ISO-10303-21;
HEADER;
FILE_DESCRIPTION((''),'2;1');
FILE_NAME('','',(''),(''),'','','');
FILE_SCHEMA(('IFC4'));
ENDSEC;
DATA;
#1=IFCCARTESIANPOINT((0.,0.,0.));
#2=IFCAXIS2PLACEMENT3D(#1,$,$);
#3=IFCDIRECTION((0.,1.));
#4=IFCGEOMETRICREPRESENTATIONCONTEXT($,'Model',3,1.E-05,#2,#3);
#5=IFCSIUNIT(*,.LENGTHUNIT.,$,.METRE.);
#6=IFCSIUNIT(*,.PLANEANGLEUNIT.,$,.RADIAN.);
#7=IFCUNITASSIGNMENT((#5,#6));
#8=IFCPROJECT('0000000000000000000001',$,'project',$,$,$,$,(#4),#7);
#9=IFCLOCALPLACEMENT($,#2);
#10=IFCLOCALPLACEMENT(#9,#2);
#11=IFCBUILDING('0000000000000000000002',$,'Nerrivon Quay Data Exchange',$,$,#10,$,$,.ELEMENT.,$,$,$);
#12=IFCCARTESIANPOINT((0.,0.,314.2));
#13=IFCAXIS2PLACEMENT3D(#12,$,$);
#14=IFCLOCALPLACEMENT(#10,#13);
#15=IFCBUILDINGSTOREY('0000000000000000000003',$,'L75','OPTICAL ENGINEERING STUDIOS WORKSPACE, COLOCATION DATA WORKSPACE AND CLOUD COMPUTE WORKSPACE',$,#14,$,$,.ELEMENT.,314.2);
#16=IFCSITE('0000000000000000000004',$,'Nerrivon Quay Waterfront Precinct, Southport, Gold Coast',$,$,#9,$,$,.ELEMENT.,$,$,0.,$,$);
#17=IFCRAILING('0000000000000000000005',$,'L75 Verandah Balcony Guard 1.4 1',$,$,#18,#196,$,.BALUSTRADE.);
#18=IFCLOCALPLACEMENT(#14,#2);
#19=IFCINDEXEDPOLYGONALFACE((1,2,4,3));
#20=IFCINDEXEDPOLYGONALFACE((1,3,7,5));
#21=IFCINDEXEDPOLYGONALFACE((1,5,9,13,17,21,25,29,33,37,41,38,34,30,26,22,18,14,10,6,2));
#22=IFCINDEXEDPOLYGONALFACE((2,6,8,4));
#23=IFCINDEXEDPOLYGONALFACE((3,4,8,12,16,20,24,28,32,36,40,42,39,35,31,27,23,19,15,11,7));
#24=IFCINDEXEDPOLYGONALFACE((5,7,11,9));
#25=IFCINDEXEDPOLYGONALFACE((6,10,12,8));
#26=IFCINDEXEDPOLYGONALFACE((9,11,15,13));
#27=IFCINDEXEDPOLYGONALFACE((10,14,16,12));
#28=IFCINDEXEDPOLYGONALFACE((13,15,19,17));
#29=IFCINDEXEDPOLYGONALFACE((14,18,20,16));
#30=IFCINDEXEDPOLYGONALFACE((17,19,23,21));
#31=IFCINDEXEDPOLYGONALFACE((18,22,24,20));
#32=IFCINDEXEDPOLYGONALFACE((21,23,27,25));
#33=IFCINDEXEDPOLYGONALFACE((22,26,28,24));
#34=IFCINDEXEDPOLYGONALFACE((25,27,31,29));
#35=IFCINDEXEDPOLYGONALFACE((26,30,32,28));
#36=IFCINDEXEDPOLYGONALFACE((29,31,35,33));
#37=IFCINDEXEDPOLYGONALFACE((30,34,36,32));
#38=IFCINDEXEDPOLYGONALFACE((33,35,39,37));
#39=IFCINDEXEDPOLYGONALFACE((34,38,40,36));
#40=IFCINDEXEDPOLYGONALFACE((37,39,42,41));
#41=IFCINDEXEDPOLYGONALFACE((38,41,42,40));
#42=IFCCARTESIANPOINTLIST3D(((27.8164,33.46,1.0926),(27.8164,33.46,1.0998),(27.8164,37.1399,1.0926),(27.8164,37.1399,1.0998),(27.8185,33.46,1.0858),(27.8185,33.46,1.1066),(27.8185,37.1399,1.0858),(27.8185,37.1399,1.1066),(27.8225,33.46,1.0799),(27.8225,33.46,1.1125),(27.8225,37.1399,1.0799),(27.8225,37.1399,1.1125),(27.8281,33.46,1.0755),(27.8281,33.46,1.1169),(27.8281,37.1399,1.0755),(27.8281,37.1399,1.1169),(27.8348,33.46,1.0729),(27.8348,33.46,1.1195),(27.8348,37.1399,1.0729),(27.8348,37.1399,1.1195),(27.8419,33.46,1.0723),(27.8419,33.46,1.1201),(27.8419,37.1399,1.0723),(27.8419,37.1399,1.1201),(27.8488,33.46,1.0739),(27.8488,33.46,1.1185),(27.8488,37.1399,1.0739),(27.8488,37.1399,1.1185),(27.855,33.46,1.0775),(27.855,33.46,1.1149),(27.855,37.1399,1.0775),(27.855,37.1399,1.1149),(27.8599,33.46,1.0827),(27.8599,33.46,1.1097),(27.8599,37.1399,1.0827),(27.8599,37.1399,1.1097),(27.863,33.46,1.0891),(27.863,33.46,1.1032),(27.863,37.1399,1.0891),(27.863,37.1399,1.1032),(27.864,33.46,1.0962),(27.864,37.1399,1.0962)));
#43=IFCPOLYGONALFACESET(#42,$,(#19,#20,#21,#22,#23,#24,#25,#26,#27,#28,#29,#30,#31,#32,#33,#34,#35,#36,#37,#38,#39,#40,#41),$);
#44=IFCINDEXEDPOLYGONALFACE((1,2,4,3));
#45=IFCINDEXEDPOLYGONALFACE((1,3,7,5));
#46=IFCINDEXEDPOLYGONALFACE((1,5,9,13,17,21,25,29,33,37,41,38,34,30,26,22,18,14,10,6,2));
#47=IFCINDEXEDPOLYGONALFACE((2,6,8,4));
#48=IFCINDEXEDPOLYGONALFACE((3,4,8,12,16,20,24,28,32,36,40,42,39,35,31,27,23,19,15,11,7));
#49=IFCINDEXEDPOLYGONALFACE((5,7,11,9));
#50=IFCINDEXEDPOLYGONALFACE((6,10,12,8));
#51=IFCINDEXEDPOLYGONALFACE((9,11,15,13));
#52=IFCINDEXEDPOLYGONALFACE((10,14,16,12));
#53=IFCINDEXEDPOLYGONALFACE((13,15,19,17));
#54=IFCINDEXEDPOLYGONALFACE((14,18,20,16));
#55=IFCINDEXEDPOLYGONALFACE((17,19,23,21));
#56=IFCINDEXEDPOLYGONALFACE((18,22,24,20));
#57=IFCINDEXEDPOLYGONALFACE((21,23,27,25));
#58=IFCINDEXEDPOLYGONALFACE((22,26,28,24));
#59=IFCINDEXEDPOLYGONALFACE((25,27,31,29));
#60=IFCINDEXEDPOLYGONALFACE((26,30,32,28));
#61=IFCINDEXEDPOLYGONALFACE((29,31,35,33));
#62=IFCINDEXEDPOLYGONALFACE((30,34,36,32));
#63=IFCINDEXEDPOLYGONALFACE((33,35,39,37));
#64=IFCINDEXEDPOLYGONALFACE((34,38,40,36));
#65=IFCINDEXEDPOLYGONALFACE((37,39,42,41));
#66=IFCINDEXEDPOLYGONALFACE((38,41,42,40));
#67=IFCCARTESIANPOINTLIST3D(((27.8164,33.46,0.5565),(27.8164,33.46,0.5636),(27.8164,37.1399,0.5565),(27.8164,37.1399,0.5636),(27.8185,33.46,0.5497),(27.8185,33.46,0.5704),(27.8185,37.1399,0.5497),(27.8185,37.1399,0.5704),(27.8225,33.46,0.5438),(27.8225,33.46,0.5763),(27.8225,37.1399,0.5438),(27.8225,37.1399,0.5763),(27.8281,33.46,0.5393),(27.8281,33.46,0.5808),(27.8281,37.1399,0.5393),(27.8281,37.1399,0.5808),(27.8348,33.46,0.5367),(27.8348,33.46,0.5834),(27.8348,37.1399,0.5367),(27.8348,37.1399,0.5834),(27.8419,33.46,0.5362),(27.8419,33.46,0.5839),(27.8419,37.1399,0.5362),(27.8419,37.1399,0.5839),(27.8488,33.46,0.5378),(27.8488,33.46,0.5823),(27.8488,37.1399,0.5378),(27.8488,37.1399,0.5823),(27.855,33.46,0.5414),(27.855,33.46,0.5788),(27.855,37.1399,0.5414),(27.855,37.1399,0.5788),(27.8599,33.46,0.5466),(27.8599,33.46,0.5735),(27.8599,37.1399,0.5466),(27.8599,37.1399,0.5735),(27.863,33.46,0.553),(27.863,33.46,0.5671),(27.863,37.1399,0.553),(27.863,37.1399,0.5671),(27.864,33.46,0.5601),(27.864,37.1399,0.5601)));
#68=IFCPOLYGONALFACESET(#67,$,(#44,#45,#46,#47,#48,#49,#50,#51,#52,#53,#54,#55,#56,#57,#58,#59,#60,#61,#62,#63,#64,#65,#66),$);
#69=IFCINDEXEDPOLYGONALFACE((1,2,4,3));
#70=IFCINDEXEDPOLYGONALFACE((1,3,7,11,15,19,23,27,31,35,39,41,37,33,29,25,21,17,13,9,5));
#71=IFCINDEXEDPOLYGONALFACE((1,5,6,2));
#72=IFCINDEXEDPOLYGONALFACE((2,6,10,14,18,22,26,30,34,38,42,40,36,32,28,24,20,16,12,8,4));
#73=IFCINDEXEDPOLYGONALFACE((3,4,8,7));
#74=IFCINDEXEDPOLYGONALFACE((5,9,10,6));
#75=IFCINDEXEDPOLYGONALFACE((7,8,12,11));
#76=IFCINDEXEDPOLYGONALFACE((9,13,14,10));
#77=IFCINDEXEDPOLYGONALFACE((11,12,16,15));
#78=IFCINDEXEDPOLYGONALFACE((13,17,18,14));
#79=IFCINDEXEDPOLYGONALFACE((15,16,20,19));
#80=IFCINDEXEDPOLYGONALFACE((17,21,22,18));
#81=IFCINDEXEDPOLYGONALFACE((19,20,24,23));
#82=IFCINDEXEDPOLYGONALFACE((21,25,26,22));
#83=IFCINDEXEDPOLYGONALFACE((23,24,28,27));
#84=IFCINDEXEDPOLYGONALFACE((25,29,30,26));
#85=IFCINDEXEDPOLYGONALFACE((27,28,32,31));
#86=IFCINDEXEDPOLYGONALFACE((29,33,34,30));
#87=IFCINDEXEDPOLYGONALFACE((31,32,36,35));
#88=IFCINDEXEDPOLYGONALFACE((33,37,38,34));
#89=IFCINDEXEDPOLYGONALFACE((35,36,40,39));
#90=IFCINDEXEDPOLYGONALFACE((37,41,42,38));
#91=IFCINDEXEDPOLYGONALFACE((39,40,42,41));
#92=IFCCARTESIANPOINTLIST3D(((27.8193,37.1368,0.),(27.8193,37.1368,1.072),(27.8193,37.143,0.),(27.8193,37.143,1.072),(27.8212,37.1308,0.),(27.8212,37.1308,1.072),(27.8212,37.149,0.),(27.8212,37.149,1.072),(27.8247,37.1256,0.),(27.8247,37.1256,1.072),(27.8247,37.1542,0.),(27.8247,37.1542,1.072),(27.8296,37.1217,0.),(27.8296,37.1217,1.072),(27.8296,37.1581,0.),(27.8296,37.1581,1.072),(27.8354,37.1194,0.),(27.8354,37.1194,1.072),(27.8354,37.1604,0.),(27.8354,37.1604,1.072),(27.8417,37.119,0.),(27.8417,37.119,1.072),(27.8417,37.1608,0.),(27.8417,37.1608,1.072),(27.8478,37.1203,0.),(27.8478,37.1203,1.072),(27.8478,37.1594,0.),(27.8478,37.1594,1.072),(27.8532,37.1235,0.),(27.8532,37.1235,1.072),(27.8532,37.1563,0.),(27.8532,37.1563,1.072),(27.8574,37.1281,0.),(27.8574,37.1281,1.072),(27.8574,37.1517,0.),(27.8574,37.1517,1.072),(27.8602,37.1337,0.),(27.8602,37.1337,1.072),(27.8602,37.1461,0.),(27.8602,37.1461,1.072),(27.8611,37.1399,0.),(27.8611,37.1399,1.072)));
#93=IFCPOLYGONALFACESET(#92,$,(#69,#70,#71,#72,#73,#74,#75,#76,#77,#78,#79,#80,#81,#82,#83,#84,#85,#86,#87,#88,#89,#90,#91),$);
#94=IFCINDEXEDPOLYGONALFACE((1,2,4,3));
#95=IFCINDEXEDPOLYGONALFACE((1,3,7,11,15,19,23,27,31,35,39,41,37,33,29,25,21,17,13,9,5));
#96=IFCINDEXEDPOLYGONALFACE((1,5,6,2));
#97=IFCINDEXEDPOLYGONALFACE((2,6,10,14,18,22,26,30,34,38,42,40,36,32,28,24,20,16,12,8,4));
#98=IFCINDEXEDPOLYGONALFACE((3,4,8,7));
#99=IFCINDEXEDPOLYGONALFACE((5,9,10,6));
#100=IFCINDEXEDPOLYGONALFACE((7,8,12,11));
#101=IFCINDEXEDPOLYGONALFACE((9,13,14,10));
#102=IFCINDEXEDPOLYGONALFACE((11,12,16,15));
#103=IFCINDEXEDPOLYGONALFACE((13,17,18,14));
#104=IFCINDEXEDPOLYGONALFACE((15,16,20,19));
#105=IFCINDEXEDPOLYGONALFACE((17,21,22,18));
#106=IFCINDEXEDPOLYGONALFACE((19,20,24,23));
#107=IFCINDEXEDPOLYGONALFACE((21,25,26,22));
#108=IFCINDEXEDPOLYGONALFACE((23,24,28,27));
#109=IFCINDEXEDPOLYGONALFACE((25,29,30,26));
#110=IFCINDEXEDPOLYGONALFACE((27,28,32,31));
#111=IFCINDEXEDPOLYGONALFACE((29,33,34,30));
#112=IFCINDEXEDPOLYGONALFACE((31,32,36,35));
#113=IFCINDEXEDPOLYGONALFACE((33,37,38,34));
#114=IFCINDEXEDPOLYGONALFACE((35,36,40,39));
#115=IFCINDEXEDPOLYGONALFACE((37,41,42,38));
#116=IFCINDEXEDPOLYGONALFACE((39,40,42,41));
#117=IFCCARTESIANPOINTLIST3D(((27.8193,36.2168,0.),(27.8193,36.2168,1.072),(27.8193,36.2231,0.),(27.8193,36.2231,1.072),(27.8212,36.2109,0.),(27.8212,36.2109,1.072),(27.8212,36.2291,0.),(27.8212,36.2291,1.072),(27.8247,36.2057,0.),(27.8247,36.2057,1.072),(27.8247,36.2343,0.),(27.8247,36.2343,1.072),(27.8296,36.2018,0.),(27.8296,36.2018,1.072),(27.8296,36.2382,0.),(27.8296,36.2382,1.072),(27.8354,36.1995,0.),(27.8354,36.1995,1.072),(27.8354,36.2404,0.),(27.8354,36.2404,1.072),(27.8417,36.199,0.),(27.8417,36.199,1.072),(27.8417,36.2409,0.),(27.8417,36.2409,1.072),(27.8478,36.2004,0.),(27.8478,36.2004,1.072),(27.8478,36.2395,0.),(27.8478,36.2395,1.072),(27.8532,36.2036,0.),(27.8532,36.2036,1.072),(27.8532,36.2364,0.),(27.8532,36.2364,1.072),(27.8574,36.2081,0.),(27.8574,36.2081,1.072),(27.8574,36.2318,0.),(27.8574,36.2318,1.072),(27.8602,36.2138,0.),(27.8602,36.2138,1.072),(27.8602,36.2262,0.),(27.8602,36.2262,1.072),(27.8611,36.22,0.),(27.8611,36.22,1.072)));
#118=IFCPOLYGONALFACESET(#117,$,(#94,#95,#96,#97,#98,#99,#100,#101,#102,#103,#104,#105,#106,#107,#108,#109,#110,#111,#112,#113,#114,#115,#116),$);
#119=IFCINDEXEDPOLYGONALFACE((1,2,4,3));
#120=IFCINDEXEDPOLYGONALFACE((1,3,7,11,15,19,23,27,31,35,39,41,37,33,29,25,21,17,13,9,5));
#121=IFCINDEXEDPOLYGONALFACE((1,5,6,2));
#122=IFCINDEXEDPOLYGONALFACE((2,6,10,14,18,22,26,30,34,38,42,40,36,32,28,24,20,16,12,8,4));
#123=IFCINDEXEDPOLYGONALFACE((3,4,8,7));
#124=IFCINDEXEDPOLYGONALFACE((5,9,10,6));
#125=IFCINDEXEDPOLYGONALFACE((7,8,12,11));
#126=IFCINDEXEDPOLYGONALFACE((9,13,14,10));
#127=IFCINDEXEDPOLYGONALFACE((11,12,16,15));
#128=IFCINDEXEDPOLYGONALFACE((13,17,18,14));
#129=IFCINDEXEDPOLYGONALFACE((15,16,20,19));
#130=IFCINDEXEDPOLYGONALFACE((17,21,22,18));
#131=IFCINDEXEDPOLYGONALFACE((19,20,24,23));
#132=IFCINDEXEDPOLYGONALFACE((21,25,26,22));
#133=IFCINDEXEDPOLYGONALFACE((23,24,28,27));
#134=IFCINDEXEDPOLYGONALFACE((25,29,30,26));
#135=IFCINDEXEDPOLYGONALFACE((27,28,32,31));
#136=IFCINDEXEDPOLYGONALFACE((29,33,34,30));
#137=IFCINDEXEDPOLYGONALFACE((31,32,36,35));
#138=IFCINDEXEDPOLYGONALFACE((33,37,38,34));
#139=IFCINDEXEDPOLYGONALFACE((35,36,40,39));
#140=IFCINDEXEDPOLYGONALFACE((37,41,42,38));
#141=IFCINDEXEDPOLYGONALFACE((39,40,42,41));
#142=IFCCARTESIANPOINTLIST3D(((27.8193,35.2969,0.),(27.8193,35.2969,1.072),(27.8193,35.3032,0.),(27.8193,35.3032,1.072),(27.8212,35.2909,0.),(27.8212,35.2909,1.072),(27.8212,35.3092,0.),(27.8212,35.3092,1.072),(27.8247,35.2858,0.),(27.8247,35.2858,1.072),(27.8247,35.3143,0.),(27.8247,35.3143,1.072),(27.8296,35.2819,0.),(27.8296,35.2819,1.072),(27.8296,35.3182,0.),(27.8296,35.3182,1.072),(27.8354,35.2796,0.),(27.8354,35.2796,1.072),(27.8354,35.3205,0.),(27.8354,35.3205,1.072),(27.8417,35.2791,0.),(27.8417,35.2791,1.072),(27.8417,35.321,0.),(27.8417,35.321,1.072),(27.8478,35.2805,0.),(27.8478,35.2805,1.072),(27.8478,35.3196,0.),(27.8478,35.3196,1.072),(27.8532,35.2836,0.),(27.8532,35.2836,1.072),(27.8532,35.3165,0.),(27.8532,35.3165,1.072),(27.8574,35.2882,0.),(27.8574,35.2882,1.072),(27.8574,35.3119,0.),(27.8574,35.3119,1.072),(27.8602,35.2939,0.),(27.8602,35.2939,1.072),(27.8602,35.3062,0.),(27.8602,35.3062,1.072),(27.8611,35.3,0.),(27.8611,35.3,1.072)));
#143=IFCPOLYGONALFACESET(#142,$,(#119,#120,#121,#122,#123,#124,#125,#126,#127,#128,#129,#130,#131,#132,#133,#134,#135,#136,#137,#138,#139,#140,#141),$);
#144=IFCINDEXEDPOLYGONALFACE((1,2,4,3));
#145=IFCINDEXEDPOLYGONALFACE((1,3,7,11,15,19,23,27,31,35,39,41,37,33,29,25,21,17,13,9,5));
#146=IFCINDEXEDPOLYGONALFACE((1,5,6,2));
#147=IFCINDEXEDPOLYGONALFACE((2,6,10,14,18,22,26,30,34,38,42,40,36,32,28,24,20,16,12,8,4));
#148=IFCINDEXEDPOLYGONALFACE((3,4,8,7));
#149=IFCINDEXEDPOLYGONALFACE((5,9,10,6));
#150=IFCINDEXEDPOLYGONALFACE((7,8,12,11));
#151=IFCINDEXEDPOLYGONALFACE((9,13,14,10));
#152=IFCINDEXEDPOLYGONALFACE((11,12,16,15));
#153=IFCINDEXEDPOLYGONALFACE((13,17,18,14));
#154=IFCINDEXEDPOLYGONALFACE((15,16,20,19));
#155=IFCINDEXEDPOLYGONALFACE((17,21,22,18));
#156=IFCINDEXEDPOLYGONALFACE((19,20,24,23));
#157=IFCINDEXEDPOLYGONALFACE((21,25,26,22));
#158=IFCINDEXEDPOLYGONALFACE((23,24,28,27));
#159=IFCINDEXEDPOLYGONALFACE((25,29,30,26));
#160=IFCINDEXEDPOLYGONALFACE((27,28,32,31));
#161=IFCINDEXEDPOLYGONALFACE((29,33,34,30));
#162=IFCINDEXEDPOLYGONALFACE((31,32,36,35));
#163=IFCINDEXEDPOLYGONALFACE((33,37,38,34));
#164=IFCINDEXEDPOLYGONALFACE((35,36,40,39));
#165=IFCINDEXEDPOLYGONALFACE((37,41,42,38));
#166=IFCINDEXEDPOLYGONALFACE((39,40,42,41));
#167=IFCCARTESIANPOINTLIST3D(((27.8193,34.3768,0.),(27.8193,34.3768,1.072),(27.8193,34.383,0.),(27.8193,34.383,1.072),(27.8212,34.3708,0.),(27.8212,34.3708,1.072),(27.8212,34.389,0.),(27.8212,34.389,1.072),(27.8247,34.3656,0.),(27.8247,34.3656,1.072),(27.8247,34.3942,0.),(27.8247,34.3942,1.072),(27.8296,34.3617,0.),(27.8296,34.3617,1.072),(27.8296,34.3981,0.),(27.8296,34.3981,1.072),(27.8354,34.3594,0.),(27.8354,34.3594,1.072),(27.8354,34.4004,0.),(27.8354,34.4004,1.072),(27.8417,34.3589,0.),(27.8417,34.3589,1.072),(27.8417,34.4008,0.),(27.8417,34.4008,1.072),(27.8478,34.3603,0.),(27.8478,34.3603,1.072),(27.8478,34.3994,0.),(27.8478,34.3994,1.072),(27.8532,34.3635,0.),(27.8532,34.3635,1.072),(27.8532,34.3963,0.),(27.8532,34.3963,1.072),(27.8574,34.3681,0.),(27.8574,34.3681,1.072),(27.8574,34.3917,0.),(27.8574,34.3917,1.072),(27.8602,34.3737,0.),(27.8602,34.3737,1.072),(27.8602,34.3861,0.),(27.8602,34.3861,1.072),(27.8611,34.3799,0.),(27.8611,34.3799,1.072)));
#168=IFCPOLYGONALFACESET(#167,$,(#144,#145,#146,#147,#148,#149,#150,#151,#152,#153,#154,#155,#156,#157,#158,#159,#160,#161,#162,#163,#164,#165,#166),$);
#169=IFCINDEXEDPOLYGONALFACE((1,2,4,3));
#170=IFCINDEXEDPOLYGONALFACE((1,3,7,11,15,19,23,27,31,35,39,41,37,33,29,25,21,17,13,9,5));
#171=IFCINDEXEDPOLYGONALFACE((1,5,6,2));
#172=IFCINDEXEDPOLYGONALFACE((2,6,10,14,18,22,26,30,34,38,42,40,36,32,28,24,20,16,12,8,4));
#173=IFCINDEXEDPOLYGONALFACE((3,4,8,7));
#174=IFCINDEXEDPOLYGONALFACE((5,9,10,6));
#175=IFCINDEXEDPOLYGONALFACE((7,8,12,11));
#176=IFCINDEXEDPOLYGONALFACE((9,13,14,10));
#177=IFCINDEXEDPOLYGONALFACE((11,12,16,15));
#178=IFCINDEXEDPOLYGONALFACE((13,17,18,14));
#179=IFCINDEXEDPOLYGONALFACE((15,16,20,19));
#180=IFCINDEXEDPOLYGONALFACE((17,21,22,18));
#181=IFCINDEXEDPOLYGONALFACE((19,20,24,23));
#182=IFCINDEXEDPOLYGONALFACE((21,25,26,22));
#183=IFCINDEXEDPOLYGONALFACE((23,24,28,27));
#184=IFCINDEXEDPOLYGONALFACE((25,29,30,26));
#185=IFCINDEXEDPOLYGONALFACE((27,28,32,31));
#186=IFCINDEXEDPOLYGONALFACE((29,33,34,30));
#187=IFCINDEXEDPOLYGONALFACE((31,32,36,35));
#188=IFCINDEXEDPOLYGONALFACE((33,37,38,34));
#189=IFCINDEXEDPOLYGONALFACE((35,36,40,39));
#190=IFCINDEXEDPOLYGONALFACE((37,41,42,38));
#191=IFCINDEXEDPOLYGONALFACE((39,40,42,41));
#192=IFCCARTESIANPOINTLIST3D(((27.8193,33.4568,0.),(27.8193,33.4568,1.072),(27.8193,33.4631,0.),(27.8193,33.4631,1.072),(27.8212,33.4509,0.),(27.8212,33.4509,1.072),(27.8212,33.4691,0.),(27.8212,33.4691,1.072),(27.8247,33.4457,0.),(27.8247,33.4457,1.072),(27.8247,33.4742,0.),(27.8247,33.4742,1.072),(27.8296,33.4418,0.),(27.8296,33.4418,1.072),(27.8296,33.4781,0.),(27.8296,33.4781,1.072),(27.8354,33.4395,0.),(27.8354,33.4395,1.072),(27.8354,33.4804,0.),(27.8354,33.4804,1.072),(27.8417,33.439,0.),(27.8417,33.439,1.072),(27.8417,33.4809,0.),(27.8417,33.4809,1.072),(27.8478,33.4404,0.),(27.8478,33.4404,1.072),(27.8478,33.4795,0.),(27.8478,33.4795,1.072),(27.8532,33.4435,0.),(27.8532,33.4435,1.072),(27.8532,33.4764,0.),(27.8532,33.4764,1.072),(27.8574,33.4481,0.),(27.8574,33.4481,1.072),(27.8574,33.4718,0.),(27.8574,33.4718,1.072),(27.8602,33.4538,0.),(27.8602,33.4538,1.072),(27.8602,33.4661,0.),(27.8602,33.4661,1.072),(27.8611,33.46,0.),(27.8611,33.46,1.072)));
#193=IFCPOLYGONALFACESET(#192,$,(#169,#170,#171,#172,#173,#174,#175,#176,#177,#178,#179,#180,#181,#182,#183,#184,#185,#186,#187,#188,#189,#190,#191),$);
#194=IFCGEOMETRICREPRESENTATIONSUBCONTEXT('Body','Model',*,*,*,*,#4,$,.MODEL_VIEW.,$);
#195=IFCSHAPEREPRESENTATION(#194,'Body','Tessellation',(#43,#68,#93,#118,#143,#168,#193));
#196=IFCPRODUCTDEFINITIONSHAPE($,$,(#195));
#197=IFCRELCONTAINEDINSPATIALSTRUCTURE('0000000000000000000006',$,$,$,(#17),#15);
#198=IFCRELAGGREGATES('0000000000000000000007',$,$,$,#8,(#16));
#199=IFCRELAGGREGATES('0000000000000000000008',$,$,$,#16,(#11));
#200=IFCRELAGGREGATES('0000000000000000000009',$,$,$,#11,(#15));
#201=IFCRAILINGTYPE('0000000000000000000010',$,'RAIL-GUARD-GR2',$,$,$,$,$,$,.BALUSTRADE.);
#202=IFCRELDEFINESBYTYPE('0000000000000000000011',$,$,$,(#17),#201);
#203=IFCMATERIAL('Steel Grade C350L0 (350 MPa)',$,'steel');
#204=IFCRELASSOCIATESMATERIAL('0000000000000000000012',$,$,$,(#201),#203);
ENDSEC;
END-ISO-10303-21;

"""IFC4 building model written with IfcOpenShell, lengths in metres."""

from ifc_helpers import new_model, si_unit, direction, frame, origin, origin_2d, place, context, subcontext, project, spatial, circle, extrude, material, type_object, element, save


model = new_model("IFC4")

# Units and contexts
model_context = context("Model", 3, precision=1e-05, world=origin(), true_north=direction((0.0, 1.0)))
body_context = subcontext(model_context, "Body", "Model", "MODEL_VIEW")
ifc_project = project(units=[si_unit("LENGTHUNIT", "METRE"), si_unit("PLANEANGLEUNIT", "RADIAN")], contexts=[model_context])

# Site, building, storey
site_placement = place(None, origin())
site = spatial("IfcSite", under=ifc_project, at=site_placement, Name="Nerrivon Quay Waterfront Precinct, Southport, Gold Coast", CompositionType="ELEMENT", RefElevation=0.0)
building_placement = place(site_placement, origin())
building = spatial("IfcBuilding", under=site, at=building_placement, Name="Nerrivon Quay Data Exchange", CompositionType="ELEMENT")
storey_placement = place(building_placement, frame((0.0, 0.0, 314.2)))
storey = spatial("IfcBuildingStorey", under=building, at=storey_placement, Name="L75", Description="OPTICAL ENGINEERING STUDIOS WORKSPACE, COLOCATION DATA WORKSPACE AND CLOUD COMPUTE WORKSPACE", CompositionType="ELEMENT", Elevation=314.2)

# Railing
ifc_material_1 = material(Name="Steel Grade C350L0 (350 MPa)", Category="steel")
railing_type = type_object("IfcRailingType", Name="RAIL-GUARD-GR2", PredefinedType="BALUSTRADE", material=ifc_material_1)
railing_1_placement = place(storey_placement, frame((27.8401, 37.1399, 0.0)))
element("IfcRailing", 1, at=railing_1_placement, inside=storey, type_object=railing_type, Name="L75 Verandah Balcony Guard 1.4 1", PredefinedType="BALUSTRADE", context=body_context, shape_type="SweptSolid", body=[
    extrude(circle(Radius=0.0239, at=origin_2d()), frame((0.0, 0.0, 1.0962), z_axis=(0.0, -1.0, 0.0), x_axis=(1.0, 0.0, 0.0)), (0.0, 0.0, 1.0), 3.6799),
    extrude(circle(Radius=0.0239, at=origin_2d()), frame((0.0, 0.0, 0.5601), z_axis=(0.0, -1.0, 0.0), x_axis=(1.0, 0.0, 0.0)), (0.0, 0.0, 1.0), 3.6799),
    extrude(circle(Radius=0.021, at=origin_2d()), origin(), (0.0, 0.0, 1.0), 1.072),
    extrude(circle(Radius=0.021, at=origin_2d()), frame((0.0, -0.9199, 0.0)), (0.0, 0.0, 1.0), 1.072),
    extrude(circle(Radius=0.021, at=origin_2d()), frame((0.0, -1.8398, 0.0)), (0.0, 0.0, 1.0), 1.072),
    extrude(circle(Radius=0.021, at=origin_2d()), frame((0.0, -2.76, 0.0)), (0.0, 0.0, 1.0), 1.072),
    extrude(circle(Radius=0.021, at=origin_2d()), frame((0.0, -3.6799, 0.0)), (0.0, 0.0, 1.0), 1.072),
])

save(model, "model.ifc")
